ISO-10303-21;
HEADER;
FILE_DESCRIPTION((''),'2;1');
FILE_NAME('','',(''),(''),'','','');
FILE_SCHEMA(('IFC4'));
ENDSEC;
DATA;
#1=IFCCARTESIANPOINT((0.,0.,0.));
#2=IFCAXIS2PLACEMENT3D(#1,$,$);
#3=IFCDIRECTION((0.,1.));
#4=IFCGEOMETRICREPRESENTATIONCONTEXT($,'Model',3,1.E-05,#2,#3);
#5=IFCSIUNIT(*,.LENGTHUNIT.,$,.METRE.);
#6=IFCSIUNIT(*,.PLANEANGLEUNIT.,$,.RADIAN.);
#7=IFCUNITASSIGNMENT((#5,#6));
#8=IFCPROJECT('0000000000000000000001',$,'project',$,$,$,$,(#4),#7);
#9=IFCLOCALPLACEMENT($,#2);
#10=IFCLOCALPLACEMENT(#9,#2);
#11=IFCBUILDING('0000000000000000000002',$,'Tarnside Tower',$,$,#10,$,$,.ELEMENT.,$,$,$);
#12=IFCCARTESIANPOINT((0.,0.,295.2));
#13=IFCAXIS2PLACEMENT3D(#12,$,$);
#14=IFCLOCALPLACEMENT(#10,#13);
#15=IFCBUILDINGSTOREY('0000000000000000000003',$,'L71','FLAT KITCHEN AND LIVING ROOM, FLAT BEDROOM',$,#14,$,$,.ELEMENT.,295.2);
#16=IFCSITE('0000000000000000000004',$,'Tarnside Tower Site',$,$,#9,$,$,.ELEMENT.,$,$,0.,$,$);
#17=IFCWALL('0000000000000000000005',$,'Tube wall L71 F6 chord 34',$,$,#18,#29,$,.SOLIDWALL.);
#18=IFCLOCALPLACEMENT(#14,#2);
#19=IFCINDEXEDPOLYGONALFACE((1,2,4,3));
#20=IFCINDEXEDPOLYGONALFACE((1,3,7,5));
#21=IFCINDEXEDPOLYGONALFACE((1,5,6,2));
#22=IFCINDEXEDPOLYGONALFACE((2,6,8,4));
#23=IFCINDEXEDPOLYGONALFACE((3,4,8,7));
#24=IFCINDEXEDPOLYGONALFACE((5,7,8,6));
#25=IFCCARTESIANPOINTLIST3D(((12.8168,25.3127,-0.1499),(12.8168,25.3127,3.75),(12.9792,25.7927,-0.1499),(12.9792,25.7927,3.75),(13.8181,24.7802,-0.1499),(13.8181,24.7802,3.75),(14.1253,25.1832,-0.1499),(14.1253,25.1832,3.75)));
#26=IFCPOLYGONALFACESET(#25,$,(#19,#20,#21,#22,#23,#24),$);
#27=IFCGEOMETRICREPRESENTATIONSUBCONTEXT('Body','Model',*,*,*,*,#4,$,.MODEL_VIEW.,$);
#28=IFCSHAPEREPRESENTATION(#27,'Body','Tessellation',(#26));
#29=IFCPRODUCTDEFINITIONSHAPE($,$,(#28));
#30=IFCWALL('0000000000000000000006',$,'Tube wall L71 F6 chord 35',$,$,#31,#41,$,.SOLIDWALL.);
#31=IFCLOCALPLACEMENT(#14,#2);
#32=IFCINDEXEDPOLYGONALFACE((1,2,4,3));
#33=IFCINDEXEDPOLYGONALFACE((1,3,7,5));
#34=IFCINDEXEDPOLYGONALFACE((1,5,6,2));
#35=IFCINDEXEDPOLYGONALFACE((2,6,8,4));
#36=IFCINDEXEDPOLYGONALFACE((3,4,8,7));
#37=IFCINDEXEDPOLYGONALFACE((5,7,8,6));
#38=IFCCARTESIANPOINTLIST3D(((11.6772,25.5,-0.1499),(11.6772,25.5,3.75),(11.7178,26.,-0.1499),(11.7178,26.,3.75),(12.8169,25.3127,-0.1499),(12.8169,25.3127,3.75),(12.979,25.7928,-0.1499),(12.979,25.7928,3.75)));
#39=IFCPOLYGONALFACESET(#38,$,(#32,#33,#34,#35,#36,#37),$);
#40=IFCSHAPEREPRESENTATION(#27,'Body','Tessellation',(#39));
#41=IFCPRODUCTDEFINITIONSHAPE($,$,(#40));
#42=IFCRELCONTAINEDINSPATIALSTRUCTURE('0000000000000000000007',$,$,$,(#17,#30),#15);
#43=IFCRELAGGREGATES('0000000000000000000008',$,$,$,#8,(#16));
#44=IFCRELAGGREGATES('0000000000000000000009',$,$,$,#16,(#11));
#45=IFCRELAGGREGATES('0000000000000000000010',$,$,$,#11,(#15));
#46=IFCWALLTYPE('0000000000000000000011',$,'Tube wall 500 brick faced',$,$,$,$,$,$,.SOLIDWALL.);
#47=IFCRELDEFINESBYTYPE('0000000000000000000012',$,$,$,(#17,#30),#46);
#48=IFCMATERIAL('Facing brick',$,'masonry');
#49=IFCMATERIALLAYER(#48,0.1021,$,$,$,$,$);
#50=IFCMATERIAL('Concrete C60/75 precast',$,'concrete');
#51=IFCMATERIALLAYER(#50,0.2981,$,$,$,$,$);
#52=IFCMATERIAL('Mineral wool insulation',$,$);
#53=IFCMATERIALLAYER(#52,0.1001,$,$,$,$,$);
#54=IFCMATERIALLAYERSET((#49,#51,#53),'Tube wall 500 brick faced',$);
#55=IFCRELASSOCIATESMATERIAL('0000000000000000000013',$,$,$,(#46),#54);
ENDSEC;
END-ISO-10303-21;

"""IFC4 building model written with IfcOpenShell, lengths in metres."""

from ifc_helpers import new_model, si_unit, direction, frame, origin, place, context, subcontext, project, spatial, polyline, outline, extrude, material, layer, layer_set, type_object, element, save


model = new_model("IFC4")

# Units and contexts
model_context = context("Model", 3, precision=1e-05, world=origin(), true_north=direction((0.0, 1.0)))
body_context = subcontext(model_context, "Body", "Model", "MODEL_VIEW")
ifc_project = project(units=[si_unit("LENGTHUNIT", "METRE"), si_unit("PLANEANGLEUNIT", "RADIAN")], contexts=[model_context])

# Site, building, storey
site_placement = place(None, origin())
site = spatial("IfcSite", under=ifc_project, at=site_placement, Name="Tarnside Tower Site", CompositionType="ELEMENT", RefElevation=0.0)
building_placement = place(site_placement, origin())
building = spatial("IfcBuilding", under=site, at=building_placement, Name="Tarnside Tower", CompositionType="ELEMENT")
storey_placement = place(building_placement, frame((0.0, 0.0, 295.2)))
storey = spatial("IfcBuildingStorey", under=building, at=storey_placement, Name="L71", Description="FLAT KITCHEN AND LIVING ROOM, FLAT BEDROOM", CompositionType="ELEMENT", Elevation=295.2)

# Shared definitions
ifc_material_1 = material(Name="Concrete C60/75 precast", Category="concrete")
ifc_material_2 = material(Name="Mineral wool insulation")

# Shared definitions
ifc_material_3 = material(Name="Facing brick", Category="masonry")
ifc_layer_1 = layer(ifc_material_3, 0.1021)
ifc_layer_2 = layer(ifc_material_1, 0.2981)
ifc_layer_3 = layer(ifc_material_2, 0.1001)
ifc_layer_set_1 = layer_set([ifc_layer_1, ifc_layer_2, ifc_layer_3], Name="Tube wall 500 brick faced")
wall_type_1 = type_object("IfcWallType", Name="Tube wall 500 brick faced", PredefinedType="SOLIDWALL", material=ifc_layer_set_1)

# Walls
wall_1_placement = place(storey_placement, frame((13.9717, 24.9817, -0.1499), z_axis=(0.0, 0.0, 1.0), x_axis=(-0.882902, 0.469556, 0.0)))
element("IfcWall", 1, at=wall_1_placement, inside=storey, type_object=wall_type_1, Name="Tube wall L71 F6 chord 34", PredefinedType="SOLIDWALL", context=body_context, shape_type="SweptSolid", body=[
    extrude(outline(polyline([(-0.041, -0.25), (1.2571, -0.25), (1.175, 0.25), (0.041, 0.25), (-0.041, -0.25)])), origin(), (0.0, 0.0, 1.0), 3.8999),
])
wall_2_placement = place(storey_placement, frame((12.8979, 25.5527, -0.1499), z_axis=(0.0, 0.0, 1.0), x_axis=(-0.986766, 0.162153, 0.0)))
element("IfcWall", 2, at=wall_2_placement, inside=storey, type_object=wall_type_1, Name="Tube wall L71 F6 chord 35", PredefinedType="SOLIDWALL", context=body_context, shape_type="SweptSolid", body=[
    extrude(outline(polyline([(-0.041, -0.25), (1.2371, -0.25), (1.196, 0.25), (0.041, 0.25), (-0.041, -0.25)])), origin(), (0.0, 0.0, 1.0), 3.8999),
])

save(model, "model.ifc")
